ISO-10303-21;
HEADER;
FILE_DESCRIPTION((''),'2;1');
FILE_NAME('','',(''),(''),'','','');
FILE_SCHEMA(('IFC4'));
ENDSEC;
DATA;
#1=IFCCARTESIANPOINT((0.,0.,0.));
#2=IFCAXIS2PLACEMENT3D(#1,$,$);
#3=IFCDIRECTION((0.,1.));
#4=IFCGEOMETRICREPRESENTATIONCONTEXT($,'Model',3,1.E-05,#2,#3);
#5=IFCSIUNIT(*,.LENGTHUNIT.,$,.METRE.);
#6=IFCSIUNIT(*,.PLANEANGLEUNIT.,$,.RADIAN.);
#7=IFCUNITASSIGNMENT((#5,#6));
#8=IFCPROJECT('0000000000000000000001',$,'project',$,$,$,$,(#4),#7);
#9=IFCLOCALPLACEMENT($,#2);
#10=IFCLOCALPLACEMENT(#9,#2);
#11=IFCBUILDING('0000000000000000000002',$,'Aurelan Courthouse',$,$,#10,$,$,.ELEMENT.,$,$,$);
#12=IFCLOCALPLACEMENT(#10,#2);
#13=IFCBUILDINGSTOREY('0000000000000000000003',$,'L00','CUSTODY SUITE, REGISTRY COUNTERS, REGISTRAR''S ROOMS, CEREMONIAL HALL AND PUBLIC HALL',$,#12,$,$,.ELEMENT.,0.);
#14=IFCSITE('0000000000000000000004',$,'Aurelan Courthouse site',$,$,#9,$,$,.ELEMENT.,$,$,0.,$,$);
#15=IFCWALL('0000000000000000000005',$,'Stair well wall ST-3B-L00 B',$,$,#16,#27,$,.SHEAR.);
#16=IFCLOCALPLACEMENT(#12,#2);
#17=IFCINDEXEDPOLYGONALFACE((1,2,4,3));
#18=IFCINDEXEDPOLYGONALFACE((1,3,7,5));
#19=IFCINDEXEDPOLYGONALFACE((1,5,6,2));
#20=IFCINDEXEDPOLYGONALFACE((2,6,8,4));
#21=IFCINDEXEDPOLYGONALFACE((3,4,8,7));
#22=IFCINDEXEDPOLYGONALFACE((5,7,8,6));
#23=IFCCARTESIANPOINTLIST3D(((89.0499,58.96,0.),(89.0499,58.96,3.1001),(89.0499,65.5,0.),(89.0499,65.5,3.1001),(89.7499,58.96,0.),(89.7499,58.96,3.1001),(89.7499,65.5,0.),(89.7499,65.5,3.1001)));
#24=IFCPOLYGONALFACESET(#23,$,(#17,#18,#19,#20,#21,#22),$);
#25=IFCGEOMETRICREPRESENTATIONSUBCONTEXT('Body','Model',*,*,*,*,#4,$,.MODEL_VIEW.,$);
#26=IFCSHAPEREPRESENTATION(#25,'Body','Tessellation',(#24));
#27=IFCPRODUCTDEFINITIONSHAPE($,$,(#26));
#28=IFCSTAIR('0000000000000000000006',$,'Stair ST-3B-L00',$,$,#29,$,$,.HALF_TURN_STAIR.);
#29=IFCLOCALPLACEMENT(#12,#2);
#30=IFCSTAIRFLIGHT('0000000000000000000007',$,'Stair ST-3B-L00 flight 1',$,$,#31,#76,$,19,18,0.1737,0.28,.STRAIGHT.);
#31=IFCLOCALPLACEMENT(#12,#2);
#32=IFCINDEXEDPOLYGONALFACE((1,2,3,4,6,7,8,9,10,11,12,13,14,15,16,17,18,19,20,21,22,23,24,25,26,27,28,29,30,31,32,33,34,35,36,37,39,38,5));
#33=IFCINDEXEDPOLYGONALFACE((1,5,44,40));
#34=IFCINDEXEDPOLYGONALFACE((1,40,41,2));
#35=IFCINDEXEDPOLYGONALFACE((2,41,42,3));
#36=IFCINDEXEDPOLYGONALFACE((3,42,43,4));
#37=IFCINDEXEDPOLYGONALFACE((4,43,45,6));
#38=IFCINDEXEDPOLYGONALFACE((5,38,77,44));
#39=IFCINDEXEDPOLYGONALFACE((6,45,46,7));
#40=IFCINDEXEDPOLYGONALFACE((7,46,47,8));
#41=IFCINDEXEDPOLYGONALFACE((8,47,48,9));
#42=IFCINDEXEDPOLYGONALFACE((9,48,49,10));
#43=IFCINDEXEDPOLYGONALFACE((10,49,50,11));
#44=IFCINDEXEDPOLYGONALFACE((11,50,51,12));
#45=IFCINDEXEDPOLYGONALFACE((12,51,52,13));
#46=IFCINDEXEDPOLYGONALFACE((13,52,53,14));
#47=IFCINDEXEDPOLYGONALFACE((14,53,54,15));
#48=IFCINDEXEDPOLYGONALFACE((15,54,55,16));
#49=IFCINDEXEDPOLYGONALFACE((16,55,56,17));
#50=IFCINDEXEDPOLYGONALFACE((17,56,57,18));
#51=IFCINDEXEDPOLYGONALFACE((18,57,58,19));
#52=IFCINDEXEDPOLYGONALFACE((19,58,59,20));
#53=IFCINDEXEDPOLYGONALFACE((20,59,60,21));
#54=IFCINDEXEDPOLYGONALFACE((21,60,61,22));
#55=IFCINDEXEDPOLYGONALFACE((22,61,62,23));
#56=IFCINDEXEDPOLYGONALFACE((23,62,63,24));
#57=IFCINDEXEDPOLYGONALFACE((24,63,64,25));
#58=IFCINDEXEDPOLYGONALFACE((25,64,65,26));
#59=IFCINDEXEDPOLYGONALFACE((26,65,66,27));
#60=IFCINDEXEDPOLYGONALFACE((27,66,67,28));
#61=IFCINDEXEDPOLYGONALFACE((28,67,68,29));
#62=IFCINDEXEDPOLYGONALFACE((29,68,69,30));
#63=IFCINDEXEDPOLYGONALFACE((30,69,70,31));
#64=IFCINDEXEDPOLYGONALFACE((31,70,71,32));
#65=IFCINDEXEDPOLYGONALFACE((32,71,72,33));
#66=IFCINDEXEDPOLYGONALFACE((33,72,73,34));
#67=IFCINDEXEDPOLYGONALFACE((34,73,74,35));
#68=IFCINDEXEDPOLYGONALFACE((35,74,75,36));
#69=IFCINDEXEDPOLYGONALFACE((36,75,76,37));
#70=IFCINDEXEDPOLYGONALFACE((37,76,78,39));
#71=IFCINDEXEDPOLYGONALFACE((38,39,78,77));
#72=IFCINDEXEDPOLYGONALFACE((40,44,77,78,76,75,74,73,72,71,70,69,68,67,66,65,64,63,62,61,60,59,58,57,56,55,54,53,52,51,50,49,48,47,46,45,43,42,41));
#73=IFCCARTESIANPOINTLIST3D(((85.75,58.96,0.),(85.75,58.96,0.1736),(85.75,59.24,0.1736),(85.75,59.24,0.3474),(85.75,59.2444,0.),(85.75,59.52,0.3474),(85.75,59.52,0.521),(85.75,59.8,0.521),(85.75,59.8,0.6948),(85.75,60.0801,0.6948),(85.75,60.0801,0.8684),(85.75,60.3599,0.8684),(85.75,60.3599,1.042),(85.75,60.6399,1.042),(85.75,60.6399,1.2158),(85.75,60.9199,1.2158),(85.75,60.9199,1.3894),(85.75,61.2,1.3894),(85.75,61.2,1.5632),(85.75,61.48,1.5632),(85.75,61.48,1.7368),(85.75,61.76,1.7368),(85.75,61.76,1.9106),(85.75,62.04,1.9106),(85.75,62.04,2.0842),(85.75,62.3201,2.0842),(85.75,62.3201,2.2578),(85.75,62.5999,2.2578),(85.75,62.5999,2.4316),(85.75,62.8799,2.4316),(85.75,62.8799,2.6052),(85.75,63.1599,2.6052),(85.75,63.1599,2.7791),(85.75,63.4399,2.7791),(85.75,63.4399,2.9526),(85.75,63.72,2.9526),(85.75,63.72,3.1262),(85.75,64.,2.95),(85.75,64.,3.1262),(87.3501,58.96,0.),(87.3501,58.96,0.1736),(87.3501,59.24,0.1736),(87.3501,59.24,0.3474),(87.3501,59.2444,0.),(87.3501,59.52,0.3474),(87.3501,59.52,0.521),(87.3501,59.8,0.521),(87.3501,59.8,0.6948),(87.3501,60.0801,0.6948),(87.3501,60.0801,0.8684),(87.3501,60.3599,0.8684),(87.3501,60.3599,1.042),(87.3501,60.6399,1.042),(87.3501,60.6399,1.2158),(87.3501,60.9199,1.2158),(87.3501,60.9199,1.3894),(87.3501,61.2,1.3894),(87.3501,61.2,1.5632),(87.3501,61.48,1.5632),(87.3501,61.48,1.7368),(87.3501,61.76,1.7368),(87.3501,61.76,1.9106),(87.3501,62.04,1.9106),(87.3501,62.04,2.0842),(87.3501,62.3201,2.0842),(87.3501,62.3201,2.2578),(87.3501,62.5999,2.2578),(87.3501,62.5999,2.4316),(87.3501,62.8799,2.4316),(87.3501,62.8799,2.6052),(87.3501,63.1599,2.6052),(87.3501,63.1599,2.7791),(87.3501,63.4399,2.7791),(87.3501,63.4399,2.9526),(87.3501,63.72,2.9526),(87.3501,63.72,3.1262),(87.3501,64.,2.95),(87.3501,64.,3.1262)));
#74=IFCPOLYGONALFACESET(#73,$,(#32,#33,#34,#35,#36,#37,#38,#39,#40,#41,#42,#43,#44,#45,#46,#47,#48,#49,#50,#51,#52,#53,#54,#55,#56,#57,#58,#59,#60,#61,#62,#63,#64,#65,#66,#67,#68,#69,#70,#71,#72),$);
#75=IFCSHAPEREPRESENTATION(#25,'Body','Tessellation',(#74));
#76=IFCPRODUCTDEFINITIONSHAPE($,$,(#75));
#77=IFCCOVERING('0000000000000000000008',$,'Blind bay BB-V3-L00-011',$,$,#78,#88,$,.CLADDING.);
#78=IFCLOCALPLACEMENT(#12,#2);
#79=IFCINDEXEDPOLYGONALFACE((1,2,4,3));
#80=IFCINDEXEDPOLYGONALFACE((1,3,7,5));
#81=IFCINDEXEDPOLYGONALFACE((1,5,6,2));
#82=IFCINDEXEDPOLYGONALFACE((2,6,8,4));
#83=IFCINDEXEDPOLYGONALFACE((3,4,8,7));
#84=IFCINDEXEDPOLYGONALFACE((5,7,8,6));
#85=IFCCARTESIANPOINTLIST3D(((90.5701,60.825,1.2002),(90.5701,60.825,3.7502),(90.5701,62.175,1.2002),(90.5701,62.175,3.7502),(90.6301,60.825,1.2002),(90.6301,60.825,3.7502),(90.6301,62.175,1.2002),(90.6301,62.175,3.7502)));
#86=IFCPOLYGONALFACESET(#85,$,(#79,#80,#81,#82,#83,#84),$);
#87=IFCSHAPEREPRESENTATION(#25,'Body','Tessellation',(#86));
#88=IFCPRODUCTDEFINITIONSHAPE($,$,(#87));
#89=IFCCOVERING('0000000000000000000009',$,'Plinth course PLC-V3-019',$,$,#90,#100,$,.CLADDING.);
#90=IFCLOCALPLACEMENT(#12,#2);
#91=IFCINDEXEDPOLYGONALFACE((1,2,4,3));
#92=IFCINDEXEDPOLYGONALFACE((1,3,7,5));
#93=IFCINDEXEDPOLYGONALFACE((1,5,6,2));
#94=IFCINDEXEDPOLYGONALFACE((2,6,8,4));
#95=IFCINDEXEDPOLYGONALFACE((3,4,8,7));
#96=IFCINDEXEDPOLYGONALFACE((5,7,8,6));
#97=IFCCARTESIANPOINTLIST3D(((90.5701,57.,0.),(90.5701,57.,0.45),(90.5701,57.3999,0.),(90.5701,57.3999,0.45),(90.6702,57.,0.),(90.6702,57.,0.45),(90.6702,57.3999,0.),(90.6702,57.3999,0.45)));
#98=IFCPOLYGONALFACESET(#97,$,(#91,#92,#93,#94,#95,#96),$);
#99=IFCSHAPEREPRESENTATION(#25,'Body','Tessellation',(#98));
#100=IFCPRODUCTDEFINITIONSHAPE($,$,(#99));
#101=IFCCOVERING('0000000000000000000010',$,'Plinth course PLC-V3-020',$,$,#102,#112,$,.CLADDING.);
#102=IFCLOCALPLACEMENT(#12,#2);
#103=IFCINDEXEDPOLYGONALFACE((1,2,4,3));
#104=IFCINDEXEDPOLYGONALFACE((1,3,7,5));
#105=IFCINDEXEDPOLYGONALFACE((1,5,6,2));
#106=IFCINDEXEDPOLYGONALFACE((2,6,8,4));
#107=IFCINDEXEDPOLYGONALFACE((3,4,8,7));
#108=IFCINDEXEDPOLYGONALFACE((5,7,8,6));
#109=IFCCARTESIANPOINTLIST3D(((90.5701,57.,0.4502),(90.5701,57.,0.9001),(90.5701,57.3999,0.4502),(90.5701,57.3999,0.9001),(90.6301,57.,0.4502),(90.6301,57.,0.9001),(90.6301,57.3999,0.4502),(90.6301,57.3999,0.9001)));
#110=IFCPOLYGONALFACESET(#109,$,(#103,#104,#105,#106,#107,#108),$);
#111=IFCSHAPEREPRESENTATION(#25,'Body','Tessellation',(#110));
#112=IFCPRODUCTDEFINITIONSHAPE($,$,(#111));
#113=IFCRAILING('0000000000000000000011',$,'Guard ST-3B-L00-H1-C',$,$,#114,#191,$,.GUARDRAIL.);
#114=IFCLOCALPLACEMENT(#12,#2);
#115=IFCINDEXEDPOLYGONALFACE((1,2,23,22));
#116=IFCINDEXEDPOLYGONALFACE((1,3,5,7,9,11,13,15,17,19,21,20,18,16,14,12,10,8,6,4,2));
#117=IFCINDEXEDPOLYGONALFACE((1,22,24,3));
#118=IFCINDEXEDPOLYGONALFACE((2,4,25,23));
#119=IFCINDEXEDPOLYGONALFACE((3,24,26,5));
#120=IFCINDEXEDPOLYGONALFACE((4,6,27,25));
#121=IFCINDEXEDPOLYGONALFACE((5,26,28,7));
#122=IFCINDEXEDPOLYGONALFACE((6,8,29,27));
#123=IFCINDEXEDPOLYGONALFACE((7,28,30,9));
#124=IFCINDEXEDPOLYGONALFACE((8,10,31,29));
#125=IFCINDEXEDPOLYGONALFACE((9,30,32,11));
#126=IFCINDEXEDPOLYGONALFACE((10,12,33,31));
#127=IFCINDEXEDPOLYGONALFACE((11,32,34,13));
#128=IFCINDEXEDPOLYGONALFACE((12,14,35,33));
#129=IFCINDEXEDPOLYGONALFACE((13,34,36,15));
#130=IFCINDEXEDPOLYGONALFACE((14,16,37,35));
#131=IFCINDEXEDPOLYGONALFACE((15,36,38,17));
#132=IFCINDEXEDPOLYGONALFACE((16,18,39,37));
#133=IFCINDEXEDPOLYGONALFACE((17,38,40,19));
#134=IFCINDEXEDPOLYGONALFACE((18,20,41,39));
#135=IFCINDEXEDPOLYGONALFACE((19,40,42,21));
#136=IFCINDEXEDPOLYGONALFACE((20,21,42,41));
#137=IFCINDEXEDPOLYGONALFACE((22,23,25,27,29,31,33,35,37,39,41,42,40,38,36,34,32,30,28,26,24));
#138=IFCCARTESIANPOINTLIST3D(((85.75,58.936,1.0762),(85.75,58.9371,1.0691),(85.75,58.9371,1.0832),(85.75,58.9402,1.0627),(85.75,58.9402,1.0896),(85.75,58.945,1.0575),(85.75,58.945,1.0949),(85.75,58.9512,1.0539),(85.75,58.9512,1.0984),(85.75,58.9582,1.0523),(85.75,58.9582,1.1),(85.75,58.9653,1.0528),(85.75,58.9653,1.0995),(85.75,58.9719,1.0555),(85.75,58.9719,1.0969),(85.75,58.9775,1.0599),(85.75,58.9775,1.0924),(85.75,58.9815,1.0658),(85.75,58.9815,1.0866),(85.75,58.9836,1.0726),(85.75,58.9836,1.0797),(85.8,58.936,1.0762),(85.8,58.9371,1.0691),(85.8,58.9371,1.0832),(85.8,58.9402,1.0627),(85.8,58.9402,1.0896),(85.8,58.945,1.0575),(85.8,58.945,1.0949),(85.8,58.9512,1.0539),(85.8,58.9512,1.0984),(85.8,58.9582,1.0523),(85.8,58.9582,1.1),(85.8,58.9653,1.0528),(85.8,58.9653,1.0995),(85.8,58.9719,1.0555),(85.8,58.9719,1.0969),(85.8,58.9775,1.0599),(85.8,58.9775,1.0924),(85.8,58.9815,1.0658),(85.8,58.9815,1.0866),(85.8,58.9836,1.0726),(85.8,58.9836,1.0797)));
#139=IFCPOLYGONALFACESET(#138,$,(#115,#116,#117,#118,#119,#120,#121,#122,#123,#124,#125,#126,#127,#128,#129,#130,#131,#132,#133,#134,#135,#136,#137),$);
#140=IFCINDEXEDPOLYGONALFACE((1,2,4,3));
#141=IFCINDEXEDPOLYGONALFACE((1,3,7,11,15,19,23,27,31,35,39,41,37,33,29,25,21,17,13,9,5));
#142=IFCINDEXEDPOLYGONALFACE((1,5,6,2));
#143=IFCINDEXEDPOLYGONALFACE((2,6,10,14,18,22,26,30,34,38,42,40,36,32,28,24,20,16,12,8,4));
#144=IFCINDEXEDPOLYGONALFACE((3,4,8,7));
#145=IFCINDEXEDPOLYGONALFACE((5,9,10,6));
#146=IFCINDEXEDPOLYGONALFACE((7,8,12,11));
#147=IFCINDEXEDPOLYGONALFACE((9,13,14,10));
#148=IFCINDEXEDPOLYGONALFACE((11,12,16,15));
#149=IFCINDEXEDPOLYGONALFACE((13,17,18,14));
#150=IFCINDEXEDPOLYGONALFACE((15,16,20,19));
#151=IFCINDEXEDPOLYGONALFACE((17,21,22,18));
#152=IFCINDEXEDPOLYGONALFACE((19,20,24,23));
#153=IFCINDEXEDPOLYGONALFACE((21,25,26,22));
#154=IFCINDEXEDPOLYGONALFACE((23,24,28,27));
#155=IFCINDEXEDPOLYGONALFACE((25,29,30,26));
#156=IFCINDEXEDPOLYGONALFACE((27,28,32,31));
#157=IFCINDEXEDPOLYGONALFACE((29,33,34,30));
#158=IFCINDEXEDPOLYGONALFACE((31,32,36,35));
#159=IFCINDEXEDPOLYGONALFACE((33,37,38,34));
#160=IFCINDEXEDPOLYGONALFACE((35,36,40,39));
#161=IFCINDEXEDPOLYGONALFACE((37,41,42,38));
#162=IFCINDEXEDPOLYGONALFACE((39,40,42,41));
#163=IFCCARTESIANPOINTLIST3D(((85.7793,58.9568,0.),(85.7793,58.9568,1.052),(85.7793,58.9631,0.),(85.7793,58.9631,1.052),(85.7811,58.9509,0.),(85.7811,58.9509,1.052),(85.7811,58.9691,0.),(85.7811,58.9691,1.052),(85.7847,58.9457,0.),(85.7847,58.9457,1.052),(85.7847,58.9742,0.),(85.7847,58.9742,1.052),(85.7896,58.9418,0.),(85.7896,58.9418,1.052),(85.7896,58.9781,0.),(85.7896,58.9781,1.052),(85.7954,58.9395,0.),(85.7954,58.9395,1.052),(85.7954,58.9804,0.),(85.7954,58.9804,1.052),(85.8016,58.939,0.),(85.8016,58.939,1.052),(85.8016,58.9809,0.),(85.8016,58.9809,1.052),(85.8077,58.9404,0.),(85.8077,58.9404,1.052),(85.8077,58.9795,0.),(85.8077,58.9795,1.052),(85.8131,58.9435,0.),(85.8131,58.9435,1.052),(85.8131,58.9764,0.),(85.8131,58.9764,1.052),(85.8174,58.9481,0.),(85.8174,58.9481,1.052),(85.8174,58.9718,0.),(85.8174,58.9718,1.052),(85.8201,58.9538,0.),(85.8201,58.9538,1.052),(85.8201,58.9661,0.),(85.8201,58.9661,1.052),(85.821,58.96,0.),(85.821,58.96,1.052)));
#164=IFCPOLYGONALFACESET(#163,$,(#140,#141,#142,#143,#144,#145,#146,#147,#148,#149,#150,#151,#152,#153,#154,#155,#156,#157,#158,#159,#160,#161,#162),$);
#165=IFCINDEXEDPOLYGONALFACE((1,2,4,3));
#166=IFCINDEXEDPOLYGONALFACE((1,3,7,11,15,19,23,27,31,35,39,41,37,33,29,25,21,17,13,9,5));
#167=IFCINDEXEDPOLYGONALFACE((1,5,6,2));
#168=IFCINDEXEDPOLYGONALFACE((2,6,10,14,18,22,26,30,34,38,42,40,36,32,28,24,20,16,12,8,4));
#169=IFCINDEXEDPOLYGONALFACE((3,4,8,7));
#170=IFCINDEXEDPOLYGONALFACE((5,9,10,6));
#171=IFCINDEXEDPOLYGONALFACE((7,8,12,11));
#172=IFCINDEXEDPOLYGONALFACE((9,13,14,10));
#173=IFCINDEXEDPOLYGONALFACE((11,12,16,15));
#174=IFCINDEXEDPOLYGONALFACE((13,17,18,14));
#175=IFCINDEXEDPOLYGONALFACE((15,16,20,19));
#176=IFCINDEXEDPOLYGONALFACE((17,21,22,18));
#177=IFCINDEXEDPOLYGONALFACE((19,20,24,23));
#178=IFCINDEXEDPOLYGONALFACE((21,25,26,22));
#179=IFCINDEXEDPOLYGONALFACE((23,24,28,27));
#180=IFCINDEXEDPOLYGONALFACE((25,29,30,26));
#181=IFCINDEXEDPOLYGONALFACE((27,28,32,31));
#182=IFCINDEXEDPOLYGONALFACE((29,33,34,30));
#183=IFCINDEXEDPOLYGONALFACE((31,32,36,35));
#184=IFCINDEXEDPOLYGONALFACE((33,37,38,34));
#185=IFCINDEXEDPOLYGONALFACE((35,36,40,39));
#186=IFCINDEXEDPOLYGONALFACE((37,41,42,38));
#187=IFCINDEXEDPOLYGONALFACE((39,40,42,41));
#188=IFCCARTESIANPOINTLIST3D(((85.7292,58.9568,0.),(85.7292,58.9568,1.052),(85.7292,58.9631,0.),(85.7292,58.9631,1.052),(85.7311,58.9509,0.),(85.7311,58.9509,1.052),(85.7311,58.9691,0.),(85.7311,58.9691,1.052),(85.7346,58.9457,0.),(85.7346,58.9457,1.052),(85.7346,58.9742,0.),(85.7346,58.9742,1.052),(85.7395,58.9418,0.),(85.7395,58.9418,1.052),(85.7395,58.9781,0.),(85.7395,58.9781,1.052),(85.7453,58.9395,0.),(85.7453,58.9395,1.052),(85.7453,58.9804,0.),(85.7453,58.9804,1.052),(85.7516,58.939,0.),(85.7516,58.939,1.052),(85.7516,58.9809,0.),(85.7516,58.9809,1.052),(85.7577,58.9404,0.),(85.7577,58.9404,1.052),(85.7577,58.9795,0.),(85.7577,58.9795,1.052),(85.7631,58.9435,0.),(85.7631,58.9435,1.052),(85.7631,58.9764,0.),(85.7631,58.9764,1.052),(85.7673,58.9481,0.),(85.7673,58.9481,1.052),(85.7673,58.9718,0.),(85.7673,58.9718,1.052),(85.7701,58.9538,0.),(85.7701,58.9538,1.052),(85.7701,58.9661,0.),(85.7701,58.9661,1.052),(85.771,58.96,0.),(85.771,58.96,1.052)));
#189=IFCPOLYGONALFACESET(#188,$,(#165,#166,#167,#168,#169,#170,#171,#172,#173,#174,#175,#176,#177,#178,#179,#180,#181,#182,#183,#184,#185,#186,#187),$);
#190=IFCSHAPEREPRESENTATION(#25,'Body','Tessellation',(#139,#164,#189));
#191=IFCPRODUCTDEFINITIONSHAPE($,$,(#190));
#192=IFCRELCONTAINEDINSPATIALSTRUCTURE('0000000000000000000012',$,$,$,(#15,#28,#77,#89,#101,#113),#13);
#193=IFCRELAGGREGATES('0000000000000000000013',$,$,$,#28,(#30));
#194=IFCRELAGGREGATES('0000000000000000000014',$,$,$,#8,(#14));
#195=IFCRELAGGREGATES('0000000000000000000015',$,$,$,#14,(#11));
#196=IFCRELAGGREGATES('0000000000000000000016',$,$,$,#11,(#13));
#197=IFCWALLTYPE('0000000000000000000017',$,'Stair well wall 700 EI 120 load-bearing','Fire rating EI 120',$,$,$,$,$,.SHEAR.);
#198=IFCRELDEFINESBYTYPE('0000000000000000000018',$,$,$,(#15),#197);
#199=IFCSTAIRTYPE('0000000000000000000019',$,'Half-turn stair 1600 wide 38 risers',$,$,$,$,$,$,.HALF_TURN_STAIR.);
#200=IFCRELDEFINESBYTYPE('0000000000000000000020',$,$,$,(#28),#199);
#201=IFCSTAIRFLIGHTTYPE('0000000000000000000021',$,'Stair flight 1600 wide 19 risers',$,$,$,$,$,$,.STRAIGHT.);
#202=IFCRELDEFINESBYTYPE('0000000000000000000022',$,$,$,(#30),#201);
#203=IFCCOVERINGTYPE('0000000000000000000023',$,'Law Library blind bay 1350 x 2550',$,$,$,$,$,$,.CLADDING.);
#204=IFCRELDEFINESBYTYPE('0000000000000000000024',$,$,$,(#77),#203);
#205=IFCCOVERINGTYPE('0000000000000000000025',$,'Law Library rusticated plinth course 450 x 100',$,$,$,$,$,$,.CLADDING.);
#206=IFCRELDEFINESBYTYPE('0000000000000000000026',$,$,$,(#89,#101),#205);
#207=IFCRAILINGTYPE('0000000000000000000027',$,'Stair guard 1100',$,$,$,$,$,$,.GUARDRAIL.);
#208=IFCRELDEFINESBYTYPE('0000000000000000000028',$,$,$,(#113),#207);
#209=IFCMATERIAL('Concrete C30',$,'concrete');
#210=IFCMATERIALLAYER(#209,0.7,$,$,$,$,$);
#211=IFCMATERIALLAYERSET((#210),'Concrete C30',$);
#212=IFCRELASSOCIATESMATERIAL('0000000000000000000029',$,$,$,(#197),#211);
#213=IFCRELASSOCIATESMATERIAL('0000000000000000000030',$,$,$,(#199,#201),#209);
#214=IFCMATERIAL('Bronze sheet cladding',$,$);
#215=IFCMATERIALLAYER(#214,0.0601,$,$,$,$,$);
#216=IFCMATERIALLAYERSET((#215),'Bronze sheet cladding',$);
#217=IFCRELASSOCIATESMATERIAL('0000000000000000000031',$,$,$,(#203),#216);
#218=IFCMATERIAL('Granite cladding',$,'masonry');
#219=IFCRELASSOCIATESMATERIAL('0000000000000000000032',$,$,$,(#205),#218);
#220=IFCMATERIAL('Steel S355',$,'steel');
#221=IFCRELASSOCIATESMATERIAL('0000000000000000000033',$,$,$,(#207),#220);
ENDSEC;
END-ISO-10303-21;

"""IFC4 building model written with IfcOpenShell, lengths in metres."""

from ifc_helpers import new_model, si_unit, direction, frame, frame_2d, origin, origin_2d, place, context, subcontext, project, spatial, polyline, rectangle, circle, outline, extrude, material, layer, layer_set, type_object, element, aggregate, save


model = new_model("IFC4")

# Units and contexts
model_context = context("Model", 3, precision=1e-05, world=origin(), true_north=direction((0.0, 1.0)))
body_context = subcontext(model_context, "Body", "Model", "MODEL_VIEW")
ifc_project = project(units=[si_unit("LENGTHUNIT", "METRE"), si_unit("PLANEANGLEUNIT", "RADIAN")], contexts=[model_context])

# Site, building, storey
site_placement = place(None, origin())
site = spatial("IfcSite", under=ifc_project, at=site_placement, Name="Aurelan Courthouse site", CompositionType="ELEMENT", RefElevation=0.0)
building_placement = place(site_placement, origin())
building = spatial("IfcBuilding", under=site, at=building_placement, Name="Aurelan Courthouse", CompositionType="ELEMENT")
storey_placement = place(building_placement, origin())
storey = spatial("IfcBuildingStorey", under=building, at=storey_placement, Name="L00", Description="CUSTODY SUITE, REGISTRY COUNTERS, REGISTRAR'S ROOMS, CEREMONIAL HALL AND PUBLIC HALL", CompositionType="ELEMENT", Elevation=0.0)

# Shared definitions
ifc_material_1 = material(Name="Granite cladding", Category="masonry")
ifc_material_2 = material(Name="Concrete C30", Category="concrete")

# Wall
ifc_layer_1 = layer(ifc_material_2, 0.7)
ifc_layer_set_1 = layer_set([ifc_layer_1], Name="Concrete C30")
wall_type_1 = type_object("IfcWallType", Name="Stair well wall 700 EI 120 load-bearing", Description="Fire rating EI 120", PredefinedType="SHEAR", material=ifc_layer_set_1)
wall_1_placement = place(storey_placement, frame((89.3999, 58.96, 0.0), z_axis=(0.0, 0.0, 1.0), x_axis=(0.0, 1.0, 0.0)))
element("IfcWall", 1, at=wall_1_placement, inside=storey, type_object=wall_type_1, Name="Stair well wall ST-3B-L00 B", PredefinedType="SHEAR", context=body_context, shape_type="SweptSolid", body=[
    extrude(rectangle(XDim=6.54, YDim=0.7, at=frame_2d((3.27, 0.0))), origin(), (0.0, 0.0, 1.0), 3.1001),
])

# Stair, stair flight
stair_type = type_object("IfcStairType", Name="Half-turn stair 1600 wide 38 risers", PredefinedType="HALF_TURN_STAIR", material=ifc_material_2)
stair_placement = place(storey_placement, origin())
stair = element("IfcStair", 2, at=stair_placement, inside=storey, type_object=stair_type, Name="Stair ST-3B-L00", PredefinedType="HALF_TURN_STAIR")
stair_flight_type = type_object("IfcStairFlightType", Name="Stair flight 1600 wide 19 risers", PredefinedType="STRAIGHT", material=ifc_material_2)
stair_flight_placement = place(storey_placement, frame((86.55, 58.96, 0.0), z_axis=(0.0, 0.0, 1.0), x_axis=(0.0, 1.0, 0.0)))
stair_flight = element("IfcStairFlight", 3, at=stair_flight_placement, type_object=stair_flight_type, Name="Stair ST-3B-L00 flight 1", NumberOfRisers=19, NumberOfTreads=18, PredefinedType="STRAIGHT", RiserHeight=0.1737, TreadLength=0.28, context=body_context, shape_type="SweptSolid", body=[
    extrude(outline(polyline([(0.0, 0.0), (0.0, 0.1736), (0.28, 0.1736), (0.28, 0.3474), (0.5601, 0.3474), (0.5601, 0.521), (0.8401, 0.521), (0.8401, 0.6948), (1.1201, 0.6948), (1.1201, 0.8684), (1.3999, 0.8684), (1.3999, 1.042), (1.6799, 1.042), (1.6799, 1.2158), (1.96, 1.2158), (1.96, 1.3894), (2.24, 1.3894), (2.24, 1.5632), (2.52, 1.5632), (2.52, 1.7368), (2.8, 1.7368), (2.8, 1.9106), (3.0801, 1.9106), (3.0801, 2.0842), (3.3601, 2.0842), (3.3601, 2.2578), (3.6399, 2.2578), (3.6399, 2.4316), (3.9199, 2.4316), (3.9199, 2.6052), (4.2, 2.6052), (4.2, 2.7791), (4.48, 2.7791), (4.48, 2.9526), (4.76, 2.9526), (4.76, 3.1262), (5.04, 3.1262), (5.04, 3.3), (5.04, 2.95), (0.2844, 0.0), (0.0, 0.0)])), frame((0.0, 0.8, 0.0), z_axis=(0.0, -1.0, 0.0), x_axis=(1.0, 0.0, 0.0)), (0.0, 0.0, 1.0), 1.6001),
])
aggregate(stair, [stair_flight])

# Coverings
ifc_material_3 = material(Name="Bronze sheet cladding")
ifc_layer_2 = layer(ifc_material_3, 0.0601)
ifc_layer_set_2 = layer_set([ifc_layer_2], Name="Bronze sheet cladding")
covering_type_1 = type_object("IfcCoveringType", Name="Law Library blind bay 1350 x 2550", PredefinedType="CLADDING", material=ifc_layer_set_2)
covering_1_placement = place(storey_placement, frame((90.6001, 61.5, 1.2002), z_axis=(0.0, 0.0, 1.0), x_axis=(1.0, 0.0, 0.0)))
element("IfcCovering", 4, at=covering_1_placement, inside=storey, type_object=covering_type_1, Name="Blind bay BB-V3-L00-011", PredefinedType="CLADDING", context=body_context, shape_type="SweptSolid", body=[
    extrude(rectangle(XDim=0.0601, YDim=1.3501, at=origin_2d()), origin(), (0.0, 0.0, 1.0), 2.55),
])
covering_type_2 = type_object("IfcCoveringType", Name="Law Library rusticated plinth course 450 x 100", PredefinedType="CLADDING", material=ifc_material_1)
covering_2_placement = place(storey_placement, frame((90.6201, 57.2, 0.0), z_axis=(0.0, 0.0, 1.0), x_axis=(1.0, 0.0, 0.0)))
element("IfcCovering", 5, at=covering_2_placement, inside=storey, type_object=covering_type_2, Name="Plinth course PLC-V3-019", PredefinedType="CLADDING", context=body_context, shape_type="SweptSolid", body=[
    extrude(rectangle(XDim=0.1001, YDim=0.3999, at=origin_2d()), origin(), (0.0, 0.0, 1.0), 0.45),
])
covering_3_placement = place(storey_placement, frame((90.6001, 57.2, 0.4502), z_axis=(0.0, 0.0, 1.0), x_axis=(1.0, 0.0, 0.0)))
element("IfcCovering", 6, at=covering_3_placement, inside=storey, type_object=covering_type_2, Name="Plinth course PLC-V3-020", PredefinedType="CLADDING", context=body_context, shape_type="SweptSolid", body=[
    extrude(rectangle(XDim=0.0601, YDim=0.3999, at=origin_2d()), origin(), (0.0, 0.0, 1.0), 0.45),
])

# Railing
ifc_material_4 = material(Name="Steel S355", Category="steel")
railing_type_1 = type_object("IfcRailingType", Name="Stair guard 1100", PredefinedType="GUARDRAIL", material=ifc_material_4)
railing_placement = place(storey_placement, frame((85.8, 58.96, 0.0)))
element("IfcRailing", 7, at=railing_placement, inside=storey, type_object=railing_type_1, Name="Guard ST-3B-L00-H1-C", PredefinedType="GUARDRAIL", context=body_context, shape_type="SweptSolid", body=[
    extrude(circle(Radius=0.0239, at=origin_2d()), frame((0.0, 0.0, 1.0762), z_axis=(-1.0, 0.0, 0.0), x_axis=(0.0, -1.0, 0.0)), (0.0, 0.0, 1.0), 0.05),
    extrude(circle(Radius=0.021, at=origin_2d()), origin(), (0.0, 0.0, 1.0), 1.052),
    extrude(circle(Radius=0.021, at=origin_2d()), frame((-0.05, 0.0, 0.0)), (0.0, 0.0, 1.0), 1.052),
])

save(model, "model.ifc")
